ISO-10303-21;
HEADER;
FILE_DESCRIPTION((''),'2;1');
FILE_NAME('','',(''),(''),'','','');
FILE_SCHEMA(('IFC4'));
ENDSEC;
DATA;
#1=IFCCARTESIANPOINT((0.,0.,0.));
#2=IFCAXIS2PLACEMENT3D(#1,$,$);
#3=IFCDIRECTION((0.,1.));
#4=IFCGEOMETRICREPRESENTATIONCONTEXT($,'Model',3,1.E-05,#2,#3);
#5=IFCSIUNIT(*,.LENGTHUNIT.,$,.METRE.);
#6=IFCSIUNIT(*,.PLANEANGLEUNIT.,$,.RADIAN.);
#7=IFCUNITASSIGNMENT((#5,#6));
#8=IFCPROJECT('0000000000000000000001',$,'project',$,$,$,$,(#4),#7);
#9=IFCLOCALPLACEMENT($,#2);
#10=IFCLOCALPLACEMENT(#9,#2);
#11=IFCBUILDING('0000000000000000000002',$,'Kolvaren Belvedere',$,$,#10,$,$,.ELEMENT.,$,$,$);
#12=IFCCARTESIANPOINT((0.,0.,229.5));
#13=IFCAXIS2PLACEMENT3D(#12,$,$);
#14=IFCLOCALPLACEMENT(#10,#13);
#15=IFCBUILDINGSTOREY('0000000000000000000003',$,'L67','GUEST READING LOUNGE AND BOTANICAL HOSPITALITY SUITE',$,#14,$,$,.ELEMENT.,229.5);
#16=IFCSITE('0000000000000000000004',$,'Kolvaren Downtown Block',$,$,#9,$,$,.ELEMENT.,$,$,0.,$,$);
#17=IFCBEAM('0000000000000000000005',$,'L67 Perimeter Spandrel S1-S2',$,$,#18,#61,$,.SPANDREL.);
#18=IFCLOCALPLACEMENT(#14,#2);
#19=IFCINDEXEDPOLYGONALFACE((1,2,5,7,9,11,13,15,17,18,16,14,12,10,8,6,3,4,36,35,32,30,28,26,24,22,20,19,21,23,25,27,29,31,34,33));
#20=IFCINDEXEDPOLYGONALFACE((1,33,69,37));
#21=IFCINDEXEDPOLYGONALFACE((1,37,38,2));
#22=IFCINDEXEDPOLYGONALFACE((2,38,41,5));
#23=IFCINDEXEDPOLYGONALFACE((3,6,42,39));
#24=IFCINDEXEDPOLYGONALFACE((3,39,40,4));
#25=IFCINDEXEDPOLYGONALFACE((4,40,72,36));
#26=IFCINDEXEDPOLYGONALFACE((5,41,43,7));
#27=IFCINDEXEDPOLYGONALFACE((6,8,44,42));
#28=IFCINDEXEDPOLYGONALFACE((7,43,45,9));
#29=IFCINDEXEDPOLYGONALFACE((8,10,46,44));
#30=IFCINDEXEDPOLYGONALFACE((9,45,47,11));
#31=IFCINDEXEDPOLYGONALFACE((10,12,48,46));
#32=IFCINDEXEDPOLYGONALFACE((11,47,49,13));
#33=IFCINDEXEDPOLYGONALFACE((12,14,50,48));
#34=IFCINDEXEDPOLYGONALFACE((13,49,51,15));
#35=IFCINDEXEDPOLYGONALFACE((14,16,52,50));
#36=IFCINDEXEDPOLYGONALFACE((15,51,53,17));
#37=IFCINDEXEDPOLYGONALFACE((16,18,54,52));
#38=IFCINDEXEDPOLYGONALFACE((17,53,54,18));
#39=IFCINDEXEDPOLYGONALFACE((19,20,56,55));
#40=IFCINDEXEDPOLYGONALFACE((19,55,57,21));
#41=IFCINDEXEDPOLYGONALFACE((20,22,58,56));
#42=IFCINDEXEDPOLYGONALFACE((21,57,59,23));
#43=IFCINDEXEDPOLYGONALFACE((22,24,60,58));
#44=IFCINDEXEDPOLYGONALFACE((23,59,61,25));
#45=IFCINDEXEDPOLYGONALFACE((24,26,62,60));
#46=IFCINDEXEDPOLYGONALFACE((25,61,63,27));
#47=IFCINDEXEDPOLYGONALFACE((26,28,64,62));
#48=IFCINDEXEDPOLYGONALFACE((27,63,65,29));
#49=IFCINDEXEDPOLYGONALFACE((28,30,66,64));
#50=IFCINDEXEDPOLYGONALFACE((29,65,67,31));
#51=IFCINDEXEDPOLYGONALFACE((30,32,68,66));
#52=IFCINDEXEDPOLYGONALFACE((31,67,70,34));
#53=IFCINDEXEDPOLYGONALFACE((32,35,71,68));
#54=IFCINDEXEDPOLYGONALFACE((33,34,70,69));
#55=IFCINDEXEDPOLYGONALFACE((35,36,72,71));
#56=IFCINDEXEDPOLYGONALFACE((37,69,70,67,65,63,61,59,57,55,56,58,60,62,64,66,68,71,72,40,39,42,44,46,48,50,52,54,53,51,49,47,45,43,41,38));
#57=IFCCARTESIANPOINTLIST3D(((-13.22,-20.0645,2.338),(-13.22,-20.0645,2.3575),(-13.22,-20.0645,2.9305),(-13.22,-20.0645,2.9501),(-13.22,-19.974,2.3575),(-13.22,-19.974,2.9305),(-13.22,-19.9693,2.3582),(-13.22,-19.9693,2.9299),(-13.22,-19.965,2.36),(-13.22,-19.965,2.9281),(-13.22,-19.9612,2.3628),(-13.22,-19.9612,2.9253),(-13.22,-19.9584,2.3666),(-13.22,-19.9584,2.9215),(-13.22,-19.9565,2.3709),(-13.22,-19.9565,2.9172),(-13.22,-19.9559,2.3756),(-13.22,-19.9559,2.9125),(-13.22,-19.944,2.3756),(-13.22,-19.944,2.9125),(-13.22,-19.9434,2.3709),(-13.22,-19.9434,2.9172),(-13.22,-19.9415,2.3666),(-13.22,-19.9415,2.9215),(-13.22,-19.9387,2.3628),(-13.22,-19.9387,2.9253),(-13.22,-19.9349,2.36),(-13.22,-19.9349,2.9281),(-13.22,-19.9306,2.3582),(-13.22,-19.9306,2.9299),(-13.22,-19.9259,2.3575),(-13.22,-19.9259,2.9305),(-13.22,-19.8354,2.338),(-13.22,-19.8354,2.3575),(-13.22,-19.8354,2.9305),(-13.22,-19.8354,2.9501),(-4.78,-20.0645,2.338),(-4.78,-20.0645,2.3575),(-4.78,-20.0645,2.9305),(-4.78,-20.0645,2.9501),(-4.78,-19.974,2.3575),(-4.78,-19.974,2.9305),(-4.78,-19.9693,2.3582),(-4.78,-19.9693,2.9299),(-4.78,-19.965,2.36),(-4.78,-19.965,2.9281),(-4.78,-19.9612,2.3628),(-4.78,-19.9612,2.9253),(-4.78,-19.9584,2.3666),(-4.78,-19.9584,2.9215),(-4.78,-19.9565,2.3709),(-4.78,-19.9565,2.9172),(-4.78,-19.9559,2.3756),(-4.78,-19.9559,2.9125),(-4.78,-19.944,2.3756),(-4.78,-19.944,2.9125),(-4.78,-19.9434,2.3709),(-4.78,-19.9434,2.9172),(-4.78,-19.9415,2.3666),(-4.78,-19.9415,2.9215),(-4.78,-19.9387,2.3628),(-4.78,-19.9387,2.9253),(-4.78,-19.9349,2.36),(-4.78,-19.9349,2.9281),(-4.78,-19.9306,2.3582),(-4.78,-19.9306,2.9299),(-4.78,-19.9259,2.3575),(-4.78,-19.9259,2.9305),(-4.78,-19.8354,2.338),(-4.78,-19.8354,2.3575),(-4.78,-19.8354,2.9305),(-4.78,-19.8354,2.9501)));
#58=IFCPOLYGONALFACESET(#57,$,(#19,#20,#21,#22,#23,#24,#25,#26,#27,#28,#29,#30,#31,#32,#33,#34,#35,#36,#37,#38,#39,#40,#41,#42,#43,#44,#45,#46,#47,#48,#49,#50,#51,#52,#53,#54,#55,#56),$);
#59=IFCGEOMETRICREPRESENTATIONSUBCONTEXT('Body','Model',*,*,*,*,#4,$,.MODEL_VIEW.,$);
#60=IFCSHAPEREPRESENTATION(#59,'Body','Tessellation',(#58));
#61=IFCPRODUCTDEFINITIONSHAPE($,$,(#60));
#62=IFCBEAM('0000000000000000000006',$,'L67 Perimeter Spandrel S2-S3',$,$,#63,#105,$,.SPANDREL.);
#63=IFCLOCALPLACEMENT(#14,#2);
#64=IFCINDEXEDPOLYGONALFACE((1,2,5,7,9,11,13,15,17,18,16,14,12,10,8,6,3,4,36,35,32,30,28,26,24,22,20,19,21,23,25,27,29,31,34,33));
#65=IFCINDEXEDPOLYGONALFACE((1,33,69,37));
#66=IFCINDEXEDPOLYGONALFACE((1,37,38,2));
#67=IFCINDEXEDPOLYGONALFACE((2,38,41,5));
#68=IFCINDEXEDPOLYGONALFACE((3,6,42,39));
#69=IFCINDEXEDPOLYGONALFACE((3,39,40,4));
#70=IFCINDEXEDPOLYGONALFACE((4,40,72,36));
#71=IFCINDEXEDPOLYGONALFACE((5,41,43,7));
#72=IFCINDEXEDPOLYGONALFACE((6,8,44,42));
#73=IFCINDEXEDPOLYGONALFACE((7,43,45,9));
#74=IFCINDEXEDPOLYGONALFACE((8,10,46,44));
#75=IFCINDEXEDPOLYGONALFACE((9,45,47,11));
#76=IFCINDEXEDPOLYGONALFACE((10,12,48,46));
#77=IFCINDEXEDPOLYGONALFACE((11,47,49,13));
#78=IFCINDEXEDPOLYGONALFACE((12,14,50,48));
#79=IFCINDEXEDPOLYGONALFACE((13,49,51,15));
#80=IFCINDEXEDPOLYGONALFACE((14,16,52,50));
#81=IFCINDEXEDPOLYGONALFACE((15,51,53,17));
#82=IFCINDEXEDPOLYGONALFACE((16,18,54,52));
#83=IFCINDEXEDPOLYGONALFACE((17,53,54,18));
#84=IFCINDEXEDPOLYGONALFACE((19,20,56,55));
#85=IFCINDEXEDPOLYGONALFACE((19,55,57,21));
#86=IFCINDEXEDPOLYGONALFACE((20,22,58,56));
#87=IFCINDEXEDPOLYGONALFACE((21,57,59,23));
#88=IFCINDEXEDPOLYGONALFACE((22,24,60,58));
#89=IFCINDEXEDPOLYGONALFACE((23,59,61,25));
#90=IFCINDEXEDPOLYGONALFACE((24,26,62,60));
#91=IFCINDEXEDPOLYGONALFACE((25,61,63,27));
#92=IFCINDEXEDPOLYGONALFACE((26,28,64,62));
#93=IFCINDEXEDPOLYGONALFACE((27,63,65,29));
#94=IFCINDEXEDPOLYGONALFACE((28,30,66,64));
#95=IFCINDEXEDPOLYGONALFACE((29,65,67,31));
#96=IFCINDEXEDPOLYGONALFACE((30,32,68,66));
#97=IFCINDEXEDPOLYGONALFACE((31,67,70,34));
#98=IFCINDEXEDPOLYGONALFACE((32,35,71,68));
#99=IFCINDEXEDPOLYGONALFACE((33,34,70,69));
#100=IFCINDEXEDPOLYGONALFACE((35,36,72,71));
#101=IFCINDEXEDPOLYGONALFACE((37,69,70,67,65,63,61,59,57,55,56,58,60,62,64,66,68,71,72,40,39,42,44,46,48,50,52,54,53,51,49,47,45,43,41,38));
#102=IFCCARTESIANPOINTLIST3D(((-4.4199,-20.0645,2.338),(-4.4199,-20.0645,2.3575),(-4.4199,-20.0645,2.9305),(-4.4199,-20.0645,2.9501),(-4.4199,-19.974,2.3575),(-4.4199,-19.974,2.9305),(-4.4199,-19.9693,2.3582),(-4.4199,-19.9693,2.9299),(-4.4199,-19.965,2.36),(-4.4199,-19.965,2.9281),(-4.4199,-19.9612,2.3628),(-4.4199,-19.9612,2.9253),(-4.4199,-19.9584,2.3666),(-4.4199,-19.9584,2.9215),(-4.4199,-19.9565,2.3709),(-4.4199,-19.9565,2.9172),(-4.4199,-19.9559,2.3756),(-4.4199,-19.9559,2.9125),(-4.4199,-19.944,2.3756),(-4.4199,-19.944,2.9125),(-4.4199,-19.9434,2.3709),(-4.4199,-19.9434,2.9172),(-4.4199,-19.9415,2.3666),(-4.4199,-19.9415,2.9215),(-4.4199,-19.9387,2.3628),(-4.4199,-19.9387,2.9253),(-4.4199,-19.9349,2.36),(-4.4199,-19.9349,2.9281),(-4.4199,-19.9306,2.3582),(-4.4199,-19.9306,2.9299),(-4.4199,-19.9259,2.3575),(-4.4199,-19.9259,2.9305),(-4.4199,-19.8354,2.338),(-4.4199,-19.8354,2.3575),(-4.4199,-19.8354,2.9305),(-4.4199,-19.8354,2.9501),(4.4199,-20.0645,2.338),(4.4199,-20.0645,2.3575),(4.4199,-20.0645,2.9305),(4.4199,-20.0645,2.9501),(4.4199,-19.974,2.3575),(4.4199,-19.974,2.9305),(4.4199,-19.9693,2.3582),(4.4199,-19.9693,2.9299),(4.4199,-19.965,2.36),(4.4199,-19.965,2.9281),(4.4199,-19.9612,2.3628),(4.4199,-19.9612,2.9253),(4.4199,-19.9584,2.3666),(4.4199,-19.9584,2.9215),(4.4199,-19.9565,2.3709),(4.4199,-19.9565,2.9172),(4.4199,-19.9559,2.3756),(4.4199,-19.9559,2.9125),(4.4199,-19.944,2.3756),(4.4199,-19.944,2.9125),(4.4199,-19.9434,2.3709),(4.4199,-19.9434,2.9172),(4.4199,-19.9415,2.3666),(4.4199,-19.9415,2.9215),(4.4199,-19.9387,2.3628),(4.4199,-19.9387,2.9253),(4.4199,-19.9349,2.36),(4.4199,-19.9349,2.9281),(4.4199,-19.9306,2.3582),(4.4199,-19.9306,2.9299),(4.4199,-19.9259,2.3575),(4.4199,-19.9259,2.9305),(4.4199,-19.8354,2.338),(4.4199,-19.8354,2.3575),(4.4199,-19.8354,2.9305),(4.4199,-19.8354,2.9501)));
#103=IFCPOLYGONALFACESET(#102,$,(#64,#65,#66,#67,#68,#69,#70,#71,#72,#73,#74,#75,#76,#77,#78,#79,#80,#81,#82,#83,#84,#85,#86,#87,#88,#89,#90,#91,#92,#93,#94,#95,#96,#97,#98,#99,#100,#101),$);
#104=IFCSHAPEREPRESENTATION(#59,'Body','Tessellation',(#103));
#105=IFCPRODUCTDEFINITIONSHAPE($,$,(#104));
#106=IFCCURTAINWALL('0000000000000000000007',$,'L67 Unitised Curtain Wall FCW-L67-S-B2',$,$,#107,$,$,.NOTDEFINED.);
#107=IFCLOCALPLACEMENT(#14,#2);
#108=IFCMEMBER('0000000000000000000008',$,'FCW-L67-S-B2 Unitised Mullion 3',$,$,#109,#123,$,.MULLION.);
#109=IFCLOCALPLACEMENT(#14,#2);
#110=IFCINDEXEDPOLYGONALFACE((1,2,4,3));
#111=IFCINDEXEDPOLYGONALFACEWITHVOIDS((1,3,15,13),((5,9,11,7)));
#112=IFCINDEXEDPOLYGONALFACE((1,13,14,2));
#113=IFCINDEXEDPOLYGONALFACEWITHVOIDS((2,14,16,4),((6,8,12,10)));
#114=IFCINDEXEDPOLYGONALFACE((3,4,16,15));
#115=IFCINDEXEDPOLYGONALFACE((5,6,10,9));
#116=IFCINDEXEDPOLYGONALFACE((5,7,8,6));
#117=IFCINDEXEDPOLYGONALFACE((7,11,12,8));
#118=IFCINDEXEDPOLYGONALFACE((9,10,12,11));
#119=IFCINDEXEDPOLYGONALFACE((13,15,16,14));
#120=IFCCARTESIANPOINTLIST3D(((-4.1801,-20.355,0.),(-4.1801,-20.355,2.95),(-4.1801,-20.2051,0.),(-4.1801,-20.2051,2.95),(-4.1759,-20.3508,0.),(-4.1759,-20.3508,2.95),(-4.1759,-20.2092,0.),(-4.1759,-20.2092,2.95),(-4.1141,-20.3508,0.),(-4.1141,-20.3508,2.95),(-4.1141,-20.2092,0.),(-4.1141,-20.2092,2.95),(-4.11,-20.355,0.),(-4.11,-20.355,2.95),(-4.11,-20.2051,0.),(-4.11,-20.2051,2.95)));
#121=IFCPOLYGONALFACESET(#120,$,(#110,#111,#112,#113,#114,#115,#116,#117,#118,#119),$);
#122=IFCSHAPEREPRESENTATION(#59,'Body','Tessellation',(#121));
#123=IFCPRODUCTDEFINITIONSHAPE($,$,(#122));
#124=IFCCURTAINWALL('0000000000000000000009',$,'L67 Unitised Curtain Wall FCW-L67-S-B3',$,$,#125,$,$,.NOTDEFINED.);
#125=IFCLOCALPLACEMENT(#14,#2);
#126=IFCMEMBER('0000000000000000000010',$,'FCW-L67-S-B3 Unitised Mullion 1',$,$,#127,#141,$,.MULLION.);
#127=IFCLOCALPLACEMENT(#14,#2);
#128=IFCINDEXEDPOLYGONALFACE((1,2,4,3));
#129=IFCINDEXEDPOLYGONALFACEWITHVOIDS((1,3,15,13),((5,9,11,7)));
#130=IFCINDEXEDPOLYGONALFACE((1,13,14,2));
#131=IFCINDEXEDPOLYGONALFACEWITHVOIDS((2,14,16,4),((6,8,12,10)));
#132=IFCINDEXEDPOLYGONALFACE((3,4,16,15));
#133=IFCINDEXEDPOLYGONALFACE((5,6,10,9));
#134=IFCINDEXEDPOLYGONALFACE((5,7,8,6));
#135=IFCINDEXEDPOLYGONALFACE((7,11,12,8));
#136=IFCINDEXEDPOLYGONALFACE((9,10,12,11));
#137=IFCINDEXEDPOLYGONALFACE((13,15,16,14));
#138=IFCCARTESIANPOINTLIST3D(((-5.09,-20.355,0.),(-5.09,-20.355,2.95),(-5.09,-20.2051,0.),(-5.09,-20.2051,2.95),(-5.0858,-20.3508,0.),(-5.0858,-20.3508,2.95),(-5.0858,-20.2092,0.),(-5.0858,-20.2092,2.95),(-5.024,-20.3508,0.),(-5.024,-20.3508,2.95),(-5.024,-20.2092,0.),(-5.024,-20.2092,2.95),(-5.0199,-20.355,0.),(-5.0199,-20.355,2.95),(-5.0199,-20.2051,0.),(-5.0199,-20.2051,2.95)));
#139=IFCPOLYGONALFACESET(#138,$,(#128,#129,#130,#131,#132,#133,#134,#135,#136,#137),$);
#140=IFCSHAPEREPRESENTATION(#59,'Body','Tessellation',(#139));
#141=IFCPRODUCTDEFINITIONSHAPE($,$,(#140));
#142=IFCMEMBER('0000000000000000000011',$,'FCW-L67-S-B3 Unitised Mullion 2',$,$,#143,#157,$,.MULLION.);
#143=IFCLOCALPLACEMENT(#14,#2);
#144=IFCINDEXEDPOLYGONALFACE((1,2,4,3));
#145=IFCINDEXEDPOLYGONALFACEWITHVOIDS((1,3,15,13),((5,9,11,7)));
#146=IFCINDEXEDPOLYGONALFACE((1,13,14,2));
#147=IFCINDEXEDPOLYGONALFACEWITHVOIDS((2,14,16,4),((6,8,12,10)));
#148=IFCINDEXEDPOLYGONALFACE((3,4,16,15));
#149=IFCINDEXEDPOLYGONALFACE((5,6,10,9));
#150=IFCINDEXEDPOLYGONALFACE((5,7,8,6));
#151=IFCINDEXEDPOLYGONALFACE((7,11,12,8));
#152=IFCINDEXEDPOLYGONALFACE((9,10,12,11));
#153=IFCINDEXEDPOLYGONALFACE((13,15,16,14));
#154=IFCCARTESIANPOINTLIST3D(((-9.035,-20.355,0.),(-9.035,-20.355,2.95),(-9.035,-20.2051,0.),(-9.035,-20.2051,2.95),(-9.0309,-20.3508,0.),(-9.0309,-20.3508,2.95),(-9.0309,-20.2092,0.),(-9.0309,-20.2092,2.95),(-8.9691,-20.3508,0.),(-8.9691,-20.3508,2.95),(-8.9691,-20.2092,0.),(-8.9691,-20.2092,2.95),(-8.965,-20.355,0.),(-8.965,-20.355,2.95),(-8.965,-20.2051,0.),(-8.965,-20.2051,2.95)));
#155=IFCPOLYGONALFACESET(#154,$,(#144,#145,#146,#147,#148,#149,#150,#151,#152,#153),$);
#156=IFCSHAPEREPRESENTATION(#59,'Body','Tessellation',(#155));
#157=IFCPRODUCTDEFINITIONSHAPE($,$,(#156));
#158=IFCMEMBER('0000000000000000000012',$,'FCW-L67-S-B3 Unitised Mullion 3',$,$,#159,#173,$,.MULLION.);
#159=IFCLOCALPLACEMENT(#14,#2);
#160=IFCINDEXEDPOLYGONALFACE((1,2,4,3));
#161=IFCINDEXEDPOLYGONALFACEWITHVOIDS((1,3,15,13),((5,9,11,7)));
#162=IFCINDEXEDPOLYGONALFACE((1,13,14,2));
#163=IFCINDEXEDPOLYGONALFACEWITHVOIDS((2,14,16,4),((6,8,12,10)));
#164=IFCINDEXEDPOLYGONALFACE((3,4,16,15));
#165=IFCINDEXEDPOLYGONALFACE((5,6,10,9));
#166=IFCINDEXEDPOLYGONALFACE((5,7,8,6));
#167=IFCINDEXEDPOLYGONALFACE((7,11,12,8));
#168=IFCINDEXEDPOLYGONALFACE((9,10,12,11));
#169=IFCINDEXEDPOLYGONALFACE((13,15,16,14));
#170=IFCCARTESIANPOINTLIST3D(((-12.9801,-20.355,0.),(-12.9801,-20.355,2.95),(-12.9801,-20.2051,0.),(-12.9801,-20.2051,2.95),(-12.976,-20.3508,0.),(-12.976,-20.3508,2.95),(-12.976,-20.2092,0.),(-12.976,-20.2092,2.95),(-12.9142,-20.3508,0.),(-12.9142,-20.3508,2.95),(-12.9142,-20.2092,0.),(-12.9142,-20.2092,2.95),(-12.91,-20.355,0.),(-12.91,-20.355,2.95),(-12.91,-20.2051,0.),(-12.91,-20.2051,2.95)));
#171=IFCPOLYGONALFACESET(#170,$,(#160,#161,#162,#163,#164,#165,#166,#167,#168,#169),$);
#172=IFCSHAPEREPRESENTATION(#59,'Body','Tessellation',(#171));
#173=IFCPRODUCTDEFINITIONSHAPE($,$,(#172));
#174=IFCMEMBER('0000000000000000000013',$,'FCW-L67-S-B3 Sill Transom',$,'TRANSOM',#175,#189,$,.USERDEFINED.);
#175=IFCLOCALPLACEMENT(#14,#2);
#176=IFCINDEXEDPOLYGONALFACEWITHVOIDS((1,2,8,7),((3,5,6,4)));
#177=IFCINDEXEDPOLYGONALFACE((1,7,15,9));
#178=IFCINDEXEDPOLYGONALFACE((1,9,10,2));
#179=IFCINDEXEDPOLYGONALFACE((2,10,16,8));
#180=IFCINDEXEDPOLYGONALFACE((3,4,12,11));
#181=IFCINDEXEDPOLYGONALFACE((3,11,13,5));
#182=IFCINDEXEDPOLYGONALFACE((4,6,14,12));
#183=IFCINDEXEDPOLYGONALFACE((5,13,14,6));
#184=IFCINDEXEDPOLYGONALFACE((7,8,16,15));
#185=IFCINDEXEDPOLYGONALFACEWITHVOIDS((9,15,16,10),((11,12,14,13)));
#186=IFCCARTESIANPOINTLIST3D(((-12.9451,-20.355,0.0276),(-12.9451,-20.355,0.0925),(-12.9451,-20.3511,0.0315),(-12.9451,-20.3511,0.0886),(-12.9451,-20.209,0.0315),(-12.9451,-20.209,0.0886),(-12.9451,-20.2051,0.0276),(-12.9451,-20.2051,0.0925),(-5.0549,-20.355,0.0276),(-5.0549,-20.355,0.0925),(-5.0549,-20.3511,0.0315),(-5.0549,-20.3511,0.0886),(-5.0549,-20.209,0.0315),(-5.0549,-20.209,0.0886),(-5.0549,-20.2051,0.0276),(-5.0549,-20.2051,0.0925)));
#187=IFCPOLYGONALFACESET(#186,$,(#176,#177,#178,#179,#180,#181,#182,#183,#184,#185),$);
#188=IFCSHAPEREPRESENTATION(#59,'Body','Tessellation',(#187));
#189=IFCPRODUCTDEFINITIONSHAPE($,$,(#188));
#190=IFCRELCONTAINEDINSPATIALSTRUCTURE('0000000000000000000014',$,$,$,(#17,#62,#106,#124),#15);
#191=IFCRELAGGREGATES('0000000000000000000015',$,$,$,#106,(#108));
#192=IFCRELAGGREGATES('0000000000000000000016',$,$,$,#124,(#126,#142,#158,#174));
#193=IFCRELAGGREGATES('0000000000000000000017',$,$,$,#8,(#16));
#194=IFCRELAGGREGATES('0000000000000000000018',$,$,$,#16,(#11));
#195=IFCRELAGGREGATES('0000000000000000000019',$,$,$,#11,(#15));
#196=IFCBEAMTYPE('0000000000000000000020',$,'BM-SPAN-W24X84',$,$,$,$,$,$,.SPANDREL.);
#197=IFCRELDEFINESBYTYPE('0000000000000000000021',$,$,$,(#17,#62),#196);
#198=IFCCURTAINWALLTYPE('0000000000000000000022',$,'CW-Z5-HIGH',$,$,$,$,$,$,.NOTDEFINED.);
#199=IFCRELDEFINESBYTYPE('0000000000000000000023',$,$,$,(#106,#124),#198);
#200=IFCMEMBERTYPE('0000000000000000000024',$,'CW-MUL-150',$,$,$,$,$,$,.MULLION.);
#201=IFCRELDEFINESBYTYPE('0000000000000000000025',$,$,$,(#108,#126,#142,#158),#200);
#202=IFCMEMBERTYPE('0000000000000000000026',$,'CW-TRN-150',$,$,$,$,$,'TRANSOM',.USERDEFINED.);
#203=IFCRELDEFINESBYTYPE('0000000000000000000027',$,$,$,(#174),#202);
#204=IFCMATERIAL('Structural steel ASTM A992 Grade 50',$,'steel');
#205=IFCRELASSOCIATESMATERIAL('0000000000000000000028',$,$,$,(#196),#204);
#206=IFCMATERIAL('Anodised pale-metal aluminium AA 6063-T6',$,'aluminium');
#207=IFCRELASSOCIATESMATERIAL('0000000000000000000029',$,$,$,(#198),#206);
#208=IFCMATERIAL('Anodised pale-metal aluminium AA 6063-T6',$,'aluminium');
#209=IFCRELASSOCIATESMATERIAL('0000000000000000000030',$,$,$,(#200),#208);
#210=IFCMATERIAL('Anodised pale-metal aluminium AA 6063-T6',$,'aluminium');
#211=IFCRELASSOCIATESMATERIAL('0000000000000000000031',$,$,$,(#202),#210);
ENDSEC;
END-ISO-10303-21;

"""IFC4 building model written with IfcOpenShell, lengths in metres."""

from ifc_helpers import new_model, si_unit, direction, frame, origin, origin_2d, place, context, subcontext, project, spatial, hollow_rectangle, i_section, extrude, material, material_profile, profile_set, type_object, element, aggregate, save


model = new_model("IFC4")

# Units and contexts
model_context = context("Model", 3, precision=1e-05, world=origin(), true_north=direction((0.0, 1.0)))
body_context = subcontext(model_context, "Body", "Model", "MODEL_VIEW")
ifc_project = project(units=[si_unit("LENGTHUNIT", "METRE"), si_unit("PLANEANGLEUNIT", "RADIAN")], contexts=[model_context])

# Site, building, storey
site_placement = place(None, origin())
site = spatial("IfcSite", under=ifc_project, at=site_placement, Name="Kolvaren Downtown Block", CompositionType="ELEMENT", RefElevation=0.0)
building_placement = place(site_placement, origin())
building = spatial("IfcBuilding", under=site, at=building_placement, Name="Kolvaren Belvedere", CompositionType="ELEMENT")
storey_placement = place(building_placement, frame((0.0, 0.0, 229.5)))
storey = spatial("IfcBuildingStorey", under=building, at=storey_placement, Name="L67", Description="GUEST READING LOUNGE AND BOTANICAL HOSPITALITY SUITE", CompositionType="ELEMENT", Elevation=229.5)

# Beams
ifc_material_1 = material(Name="Structural steel ASTM A992 Grade 50", Category="steel")
ifc_material_profile_1 = material_profile(ifc_material_1, i_section(OverallWidth=0.229, OverallDepth=0.6121, WebThickness=0.012, FlangeThickness=0.0195, FilletRadius=0.0181, at=origin_2d()), Name="W24X84")
ifc_profile_set_1 = profile_set([ifc_material_profile_1], Name="Structural steel ASTM A992 Grade 50")
beam_type_1 = type_object("IfcBeamType", Name="BM-SPAN-W24X84", PredefinedType="SPANDREL", material=ifc_profile_set_1)
beam_1_placement = place(storey_placement, frame((-13.22, -19.95, 2.644), z_axis=(1.0, 0.0, 0.0), x_axis=(0.0, 1.0, 0.0)))
element("IfcBeam", 1, at=beam_1_placement, inside=storey, type_object=beam_type_1, Name="L67 Perimeter Spandrel S1-S2", PredefinedType="SPANDREL", context=body_context, shape_type="SweptSolid", body=[
    extrude(i_section(OverallWidth=0.229, OverallDepth=0.6121, WebThickness=0.012, FlangeThickness=0.0195, FilletRadius=0.0181, at=origin_2d()), origin(), (0.0, 0.0, 1.0), 8.4399),
])
beam_2_placement = place(storey_placement, frame((-4.4199, -19.95, 2.644), z_axis=(1.0, 0.0, 0.0), x_axis=(0.0, 1.0, 0.0)))
element("IfcBeam", 2, at=beam_2_placement, inside=storey, type_object=beam_type_1, Name="L67 Perimeter Spandrel S2-S3", PredefinedType="SPANDREL", context=body_context, shape_type="SweptSolid", body=[
    extrude(i_section(OverallWidth=0.229, OverallDepth=0.6121, WebThickness=0.012, FlangeThickness=0.0195, FilletRadius=0.0181, at=origin_2d()), origin(), (0.0, 0.0, 1.0), 8.8398),
])

# Curtain wall, member
ifc_material_2 = material(Name="Anodised pale-metal aluminium AA 6063-T6", Category="aluminium")
curtain_wall_type = type_object("IfcCurtainWallType", Name="CW-Z5-HIGH", PredefinedType="NOTDEFINED", material=ifc_material_2)
curtain_wall_1_placement = place(storey_placement, origin())
curtain_wall_1 = element("IfcCurtainWall", 3, at=curtain_wall_1_placement, inside=storey, type_object=curtain_wall_type, Name="L67 Unitised Curtain Wall FCW-L67-S-B2", PredefinedType="NOTDEFINED")
ifc_material_3 = material(Name="Anodised pale-metal aluminium AA 6063-T6", Category="aluminium")
ifc_material_profile_2 = material_profile(ifc_material_3, hollow_rectangle(XDim=0.0701, YDim=0.1499, WallThickness=0.0042, at=origin_2d()), Name="ALU-MUL-150X70")
ifc_profile_set_2 = profile_set([ifc_material_profile_2], Name="Anodised pale-metal aluminium AA 6063-T6")
member_type_1 = type_object("IfcMemberType", Name="CW-MUL-150", PredefinedType="MULLION", material=ifc_profile_set_2)
member_1_placement = place(storey_placement, frame((-4.145, -20.28, 0.0), z_axis=(0.0, 0.0, 1.0), x_axis=(1.0, 0.0, 0.0)))
member_1 = element("IfcMember", 4, at=member_1_placement, type_object=member_type_1, Name="FCW-L67-S-B2 Unitised Mullion 3", PredefinedType="MULLION", context=body_context, shape_type="SweptSolid", body=[
    extrude(hollow_rectangle(XDim=0.0701, YDim=0.1499, WallThickness=0.0042, at=origin_2d()), origin(), (0.0, 0.0, 1.0), 2.95),
])

# Curtain wall, members
curtain_wall_2_placement = place(storey_placement, origin())
curtain_wall_2 = element("IfcCurtainWall", 5, at=curtain_wall_2_placement, inside=storey, type_object=curtain_wall_type, Name="L67 Unitised Curtain Wall FCW-L67-S-B3", PredefinedType="NOTDEFINED")
member_2_placement = place(storey_placement, frame((-5.0549, -20.28, 0.0), z_axis=(0.0, 0.0, 1.0), x_axis=(1.0, 0.0, 0.0)))
member_2 = element("IfcMember", 6, at=member_2_placement, type_object=member_type_1, Name="FCW-L67-S-B3 Unitised Mullion 1", PredefinedType="MULLION", context=body_context, shape_type="SweptSolid", body=[
    extrude(hollow_rectangle(XDim=0.0701, YDim=0.1499, WallThickness=0.0042, at=origin_2d()), origin(), (0.0, 0.0, 1.0), 2.95),
])
member_3_placement = place(storey_placement, frame((-9.0, -20.28, 0.0), z_axis=(0.0, 0.0, 1.0), x_axis=(1.0, 0.0, 0.0)))
member_3 = element("IfcMember", 7, at=member_3_placement, type_object=member_type_1, Name="FCW-L67-S-B3 Unitised Mullion 2", PredefinedType="MULLION", context=body_context, shape_type="SweptSolid", body=[
    extrude(hollow_rectangle(XDim=0.0701, YDim=0.1499, WallThickness=0.0042, at=origin_2d()), origin(), (0.0, 0.0, 1.0), 2.95),
])
member_4_placement = place(storey_placement, frame((-12.9451, -20.28, 0.0), z_axis=(0.0, 0.0, 1.0), x_axis=(1.0, 0.0, 0.0)))
member_4 = element("IfcMember", 8, at=member_4_placement, type_object=member_type_1, Name="FCW-L67-S-B3 Unitised Mullion 3", PredefinedType="MULLION", context=body_context, shape_type="SweptSolid", body=[
    extrude(hollow_rectangle(XDim=0.0701, YDim=0.1499, WallThickness=0.0042, at=origin_2d()), origin(), (0.0, 0.0, 1.0), 2.95),
])
ifc_material_4 = material(Name="Anodised pale-metal aluminium AA 6063-T6", Category="aluminium")
ifc_material_profile_3 = material_profile(ifc_material_4, hollow_rectangle(XDim=0.0649, YDim=0.1499, WallThickness=0.0039, at=origin_2d()), Name="ALU-TRN-150X65")
ifc_profile_set_3 = profile_set([ifc_material_profile_3], Name="Anodised pale-metal aluminium AA 6063-T6")
member_type_2 = type_object("IfcMemberType", Name="CW-TRN-150", ElementType="TRANSOM", PredefinedType="USERDEFINED", material=ifc_profile_set_3)
member_5_placement = place(storey_placement, frame((-5.0549, -20.28, 0.0601), z_axis=(-1.0, 0.0, 0.0), x_axis=(0.0, 0.0, 1.0)))
member_5 = element("IfcMember", 9, at=member_5_placement, type_object=member_type_2, Name="FCW-L67-S-B3 Sill Transom", ObjectType="TRANSOM", PredefinedType="USERDEFINED", context=body_context, shape_type="SweptSolid", body=[
    extrude(hollow_rectangle(XDim=0.0649, YDim=0.1499, WallThickness=0.0039, at=origin_2d()), origin(), (0.0, 0.0, 1.0), 7.8901),
])

aggregate(curtain_wall_1, [member_1])
aggregate(curtain_wall_2, [member_2, member_3, member_4, member_5])

save(model, "model.ifc")
